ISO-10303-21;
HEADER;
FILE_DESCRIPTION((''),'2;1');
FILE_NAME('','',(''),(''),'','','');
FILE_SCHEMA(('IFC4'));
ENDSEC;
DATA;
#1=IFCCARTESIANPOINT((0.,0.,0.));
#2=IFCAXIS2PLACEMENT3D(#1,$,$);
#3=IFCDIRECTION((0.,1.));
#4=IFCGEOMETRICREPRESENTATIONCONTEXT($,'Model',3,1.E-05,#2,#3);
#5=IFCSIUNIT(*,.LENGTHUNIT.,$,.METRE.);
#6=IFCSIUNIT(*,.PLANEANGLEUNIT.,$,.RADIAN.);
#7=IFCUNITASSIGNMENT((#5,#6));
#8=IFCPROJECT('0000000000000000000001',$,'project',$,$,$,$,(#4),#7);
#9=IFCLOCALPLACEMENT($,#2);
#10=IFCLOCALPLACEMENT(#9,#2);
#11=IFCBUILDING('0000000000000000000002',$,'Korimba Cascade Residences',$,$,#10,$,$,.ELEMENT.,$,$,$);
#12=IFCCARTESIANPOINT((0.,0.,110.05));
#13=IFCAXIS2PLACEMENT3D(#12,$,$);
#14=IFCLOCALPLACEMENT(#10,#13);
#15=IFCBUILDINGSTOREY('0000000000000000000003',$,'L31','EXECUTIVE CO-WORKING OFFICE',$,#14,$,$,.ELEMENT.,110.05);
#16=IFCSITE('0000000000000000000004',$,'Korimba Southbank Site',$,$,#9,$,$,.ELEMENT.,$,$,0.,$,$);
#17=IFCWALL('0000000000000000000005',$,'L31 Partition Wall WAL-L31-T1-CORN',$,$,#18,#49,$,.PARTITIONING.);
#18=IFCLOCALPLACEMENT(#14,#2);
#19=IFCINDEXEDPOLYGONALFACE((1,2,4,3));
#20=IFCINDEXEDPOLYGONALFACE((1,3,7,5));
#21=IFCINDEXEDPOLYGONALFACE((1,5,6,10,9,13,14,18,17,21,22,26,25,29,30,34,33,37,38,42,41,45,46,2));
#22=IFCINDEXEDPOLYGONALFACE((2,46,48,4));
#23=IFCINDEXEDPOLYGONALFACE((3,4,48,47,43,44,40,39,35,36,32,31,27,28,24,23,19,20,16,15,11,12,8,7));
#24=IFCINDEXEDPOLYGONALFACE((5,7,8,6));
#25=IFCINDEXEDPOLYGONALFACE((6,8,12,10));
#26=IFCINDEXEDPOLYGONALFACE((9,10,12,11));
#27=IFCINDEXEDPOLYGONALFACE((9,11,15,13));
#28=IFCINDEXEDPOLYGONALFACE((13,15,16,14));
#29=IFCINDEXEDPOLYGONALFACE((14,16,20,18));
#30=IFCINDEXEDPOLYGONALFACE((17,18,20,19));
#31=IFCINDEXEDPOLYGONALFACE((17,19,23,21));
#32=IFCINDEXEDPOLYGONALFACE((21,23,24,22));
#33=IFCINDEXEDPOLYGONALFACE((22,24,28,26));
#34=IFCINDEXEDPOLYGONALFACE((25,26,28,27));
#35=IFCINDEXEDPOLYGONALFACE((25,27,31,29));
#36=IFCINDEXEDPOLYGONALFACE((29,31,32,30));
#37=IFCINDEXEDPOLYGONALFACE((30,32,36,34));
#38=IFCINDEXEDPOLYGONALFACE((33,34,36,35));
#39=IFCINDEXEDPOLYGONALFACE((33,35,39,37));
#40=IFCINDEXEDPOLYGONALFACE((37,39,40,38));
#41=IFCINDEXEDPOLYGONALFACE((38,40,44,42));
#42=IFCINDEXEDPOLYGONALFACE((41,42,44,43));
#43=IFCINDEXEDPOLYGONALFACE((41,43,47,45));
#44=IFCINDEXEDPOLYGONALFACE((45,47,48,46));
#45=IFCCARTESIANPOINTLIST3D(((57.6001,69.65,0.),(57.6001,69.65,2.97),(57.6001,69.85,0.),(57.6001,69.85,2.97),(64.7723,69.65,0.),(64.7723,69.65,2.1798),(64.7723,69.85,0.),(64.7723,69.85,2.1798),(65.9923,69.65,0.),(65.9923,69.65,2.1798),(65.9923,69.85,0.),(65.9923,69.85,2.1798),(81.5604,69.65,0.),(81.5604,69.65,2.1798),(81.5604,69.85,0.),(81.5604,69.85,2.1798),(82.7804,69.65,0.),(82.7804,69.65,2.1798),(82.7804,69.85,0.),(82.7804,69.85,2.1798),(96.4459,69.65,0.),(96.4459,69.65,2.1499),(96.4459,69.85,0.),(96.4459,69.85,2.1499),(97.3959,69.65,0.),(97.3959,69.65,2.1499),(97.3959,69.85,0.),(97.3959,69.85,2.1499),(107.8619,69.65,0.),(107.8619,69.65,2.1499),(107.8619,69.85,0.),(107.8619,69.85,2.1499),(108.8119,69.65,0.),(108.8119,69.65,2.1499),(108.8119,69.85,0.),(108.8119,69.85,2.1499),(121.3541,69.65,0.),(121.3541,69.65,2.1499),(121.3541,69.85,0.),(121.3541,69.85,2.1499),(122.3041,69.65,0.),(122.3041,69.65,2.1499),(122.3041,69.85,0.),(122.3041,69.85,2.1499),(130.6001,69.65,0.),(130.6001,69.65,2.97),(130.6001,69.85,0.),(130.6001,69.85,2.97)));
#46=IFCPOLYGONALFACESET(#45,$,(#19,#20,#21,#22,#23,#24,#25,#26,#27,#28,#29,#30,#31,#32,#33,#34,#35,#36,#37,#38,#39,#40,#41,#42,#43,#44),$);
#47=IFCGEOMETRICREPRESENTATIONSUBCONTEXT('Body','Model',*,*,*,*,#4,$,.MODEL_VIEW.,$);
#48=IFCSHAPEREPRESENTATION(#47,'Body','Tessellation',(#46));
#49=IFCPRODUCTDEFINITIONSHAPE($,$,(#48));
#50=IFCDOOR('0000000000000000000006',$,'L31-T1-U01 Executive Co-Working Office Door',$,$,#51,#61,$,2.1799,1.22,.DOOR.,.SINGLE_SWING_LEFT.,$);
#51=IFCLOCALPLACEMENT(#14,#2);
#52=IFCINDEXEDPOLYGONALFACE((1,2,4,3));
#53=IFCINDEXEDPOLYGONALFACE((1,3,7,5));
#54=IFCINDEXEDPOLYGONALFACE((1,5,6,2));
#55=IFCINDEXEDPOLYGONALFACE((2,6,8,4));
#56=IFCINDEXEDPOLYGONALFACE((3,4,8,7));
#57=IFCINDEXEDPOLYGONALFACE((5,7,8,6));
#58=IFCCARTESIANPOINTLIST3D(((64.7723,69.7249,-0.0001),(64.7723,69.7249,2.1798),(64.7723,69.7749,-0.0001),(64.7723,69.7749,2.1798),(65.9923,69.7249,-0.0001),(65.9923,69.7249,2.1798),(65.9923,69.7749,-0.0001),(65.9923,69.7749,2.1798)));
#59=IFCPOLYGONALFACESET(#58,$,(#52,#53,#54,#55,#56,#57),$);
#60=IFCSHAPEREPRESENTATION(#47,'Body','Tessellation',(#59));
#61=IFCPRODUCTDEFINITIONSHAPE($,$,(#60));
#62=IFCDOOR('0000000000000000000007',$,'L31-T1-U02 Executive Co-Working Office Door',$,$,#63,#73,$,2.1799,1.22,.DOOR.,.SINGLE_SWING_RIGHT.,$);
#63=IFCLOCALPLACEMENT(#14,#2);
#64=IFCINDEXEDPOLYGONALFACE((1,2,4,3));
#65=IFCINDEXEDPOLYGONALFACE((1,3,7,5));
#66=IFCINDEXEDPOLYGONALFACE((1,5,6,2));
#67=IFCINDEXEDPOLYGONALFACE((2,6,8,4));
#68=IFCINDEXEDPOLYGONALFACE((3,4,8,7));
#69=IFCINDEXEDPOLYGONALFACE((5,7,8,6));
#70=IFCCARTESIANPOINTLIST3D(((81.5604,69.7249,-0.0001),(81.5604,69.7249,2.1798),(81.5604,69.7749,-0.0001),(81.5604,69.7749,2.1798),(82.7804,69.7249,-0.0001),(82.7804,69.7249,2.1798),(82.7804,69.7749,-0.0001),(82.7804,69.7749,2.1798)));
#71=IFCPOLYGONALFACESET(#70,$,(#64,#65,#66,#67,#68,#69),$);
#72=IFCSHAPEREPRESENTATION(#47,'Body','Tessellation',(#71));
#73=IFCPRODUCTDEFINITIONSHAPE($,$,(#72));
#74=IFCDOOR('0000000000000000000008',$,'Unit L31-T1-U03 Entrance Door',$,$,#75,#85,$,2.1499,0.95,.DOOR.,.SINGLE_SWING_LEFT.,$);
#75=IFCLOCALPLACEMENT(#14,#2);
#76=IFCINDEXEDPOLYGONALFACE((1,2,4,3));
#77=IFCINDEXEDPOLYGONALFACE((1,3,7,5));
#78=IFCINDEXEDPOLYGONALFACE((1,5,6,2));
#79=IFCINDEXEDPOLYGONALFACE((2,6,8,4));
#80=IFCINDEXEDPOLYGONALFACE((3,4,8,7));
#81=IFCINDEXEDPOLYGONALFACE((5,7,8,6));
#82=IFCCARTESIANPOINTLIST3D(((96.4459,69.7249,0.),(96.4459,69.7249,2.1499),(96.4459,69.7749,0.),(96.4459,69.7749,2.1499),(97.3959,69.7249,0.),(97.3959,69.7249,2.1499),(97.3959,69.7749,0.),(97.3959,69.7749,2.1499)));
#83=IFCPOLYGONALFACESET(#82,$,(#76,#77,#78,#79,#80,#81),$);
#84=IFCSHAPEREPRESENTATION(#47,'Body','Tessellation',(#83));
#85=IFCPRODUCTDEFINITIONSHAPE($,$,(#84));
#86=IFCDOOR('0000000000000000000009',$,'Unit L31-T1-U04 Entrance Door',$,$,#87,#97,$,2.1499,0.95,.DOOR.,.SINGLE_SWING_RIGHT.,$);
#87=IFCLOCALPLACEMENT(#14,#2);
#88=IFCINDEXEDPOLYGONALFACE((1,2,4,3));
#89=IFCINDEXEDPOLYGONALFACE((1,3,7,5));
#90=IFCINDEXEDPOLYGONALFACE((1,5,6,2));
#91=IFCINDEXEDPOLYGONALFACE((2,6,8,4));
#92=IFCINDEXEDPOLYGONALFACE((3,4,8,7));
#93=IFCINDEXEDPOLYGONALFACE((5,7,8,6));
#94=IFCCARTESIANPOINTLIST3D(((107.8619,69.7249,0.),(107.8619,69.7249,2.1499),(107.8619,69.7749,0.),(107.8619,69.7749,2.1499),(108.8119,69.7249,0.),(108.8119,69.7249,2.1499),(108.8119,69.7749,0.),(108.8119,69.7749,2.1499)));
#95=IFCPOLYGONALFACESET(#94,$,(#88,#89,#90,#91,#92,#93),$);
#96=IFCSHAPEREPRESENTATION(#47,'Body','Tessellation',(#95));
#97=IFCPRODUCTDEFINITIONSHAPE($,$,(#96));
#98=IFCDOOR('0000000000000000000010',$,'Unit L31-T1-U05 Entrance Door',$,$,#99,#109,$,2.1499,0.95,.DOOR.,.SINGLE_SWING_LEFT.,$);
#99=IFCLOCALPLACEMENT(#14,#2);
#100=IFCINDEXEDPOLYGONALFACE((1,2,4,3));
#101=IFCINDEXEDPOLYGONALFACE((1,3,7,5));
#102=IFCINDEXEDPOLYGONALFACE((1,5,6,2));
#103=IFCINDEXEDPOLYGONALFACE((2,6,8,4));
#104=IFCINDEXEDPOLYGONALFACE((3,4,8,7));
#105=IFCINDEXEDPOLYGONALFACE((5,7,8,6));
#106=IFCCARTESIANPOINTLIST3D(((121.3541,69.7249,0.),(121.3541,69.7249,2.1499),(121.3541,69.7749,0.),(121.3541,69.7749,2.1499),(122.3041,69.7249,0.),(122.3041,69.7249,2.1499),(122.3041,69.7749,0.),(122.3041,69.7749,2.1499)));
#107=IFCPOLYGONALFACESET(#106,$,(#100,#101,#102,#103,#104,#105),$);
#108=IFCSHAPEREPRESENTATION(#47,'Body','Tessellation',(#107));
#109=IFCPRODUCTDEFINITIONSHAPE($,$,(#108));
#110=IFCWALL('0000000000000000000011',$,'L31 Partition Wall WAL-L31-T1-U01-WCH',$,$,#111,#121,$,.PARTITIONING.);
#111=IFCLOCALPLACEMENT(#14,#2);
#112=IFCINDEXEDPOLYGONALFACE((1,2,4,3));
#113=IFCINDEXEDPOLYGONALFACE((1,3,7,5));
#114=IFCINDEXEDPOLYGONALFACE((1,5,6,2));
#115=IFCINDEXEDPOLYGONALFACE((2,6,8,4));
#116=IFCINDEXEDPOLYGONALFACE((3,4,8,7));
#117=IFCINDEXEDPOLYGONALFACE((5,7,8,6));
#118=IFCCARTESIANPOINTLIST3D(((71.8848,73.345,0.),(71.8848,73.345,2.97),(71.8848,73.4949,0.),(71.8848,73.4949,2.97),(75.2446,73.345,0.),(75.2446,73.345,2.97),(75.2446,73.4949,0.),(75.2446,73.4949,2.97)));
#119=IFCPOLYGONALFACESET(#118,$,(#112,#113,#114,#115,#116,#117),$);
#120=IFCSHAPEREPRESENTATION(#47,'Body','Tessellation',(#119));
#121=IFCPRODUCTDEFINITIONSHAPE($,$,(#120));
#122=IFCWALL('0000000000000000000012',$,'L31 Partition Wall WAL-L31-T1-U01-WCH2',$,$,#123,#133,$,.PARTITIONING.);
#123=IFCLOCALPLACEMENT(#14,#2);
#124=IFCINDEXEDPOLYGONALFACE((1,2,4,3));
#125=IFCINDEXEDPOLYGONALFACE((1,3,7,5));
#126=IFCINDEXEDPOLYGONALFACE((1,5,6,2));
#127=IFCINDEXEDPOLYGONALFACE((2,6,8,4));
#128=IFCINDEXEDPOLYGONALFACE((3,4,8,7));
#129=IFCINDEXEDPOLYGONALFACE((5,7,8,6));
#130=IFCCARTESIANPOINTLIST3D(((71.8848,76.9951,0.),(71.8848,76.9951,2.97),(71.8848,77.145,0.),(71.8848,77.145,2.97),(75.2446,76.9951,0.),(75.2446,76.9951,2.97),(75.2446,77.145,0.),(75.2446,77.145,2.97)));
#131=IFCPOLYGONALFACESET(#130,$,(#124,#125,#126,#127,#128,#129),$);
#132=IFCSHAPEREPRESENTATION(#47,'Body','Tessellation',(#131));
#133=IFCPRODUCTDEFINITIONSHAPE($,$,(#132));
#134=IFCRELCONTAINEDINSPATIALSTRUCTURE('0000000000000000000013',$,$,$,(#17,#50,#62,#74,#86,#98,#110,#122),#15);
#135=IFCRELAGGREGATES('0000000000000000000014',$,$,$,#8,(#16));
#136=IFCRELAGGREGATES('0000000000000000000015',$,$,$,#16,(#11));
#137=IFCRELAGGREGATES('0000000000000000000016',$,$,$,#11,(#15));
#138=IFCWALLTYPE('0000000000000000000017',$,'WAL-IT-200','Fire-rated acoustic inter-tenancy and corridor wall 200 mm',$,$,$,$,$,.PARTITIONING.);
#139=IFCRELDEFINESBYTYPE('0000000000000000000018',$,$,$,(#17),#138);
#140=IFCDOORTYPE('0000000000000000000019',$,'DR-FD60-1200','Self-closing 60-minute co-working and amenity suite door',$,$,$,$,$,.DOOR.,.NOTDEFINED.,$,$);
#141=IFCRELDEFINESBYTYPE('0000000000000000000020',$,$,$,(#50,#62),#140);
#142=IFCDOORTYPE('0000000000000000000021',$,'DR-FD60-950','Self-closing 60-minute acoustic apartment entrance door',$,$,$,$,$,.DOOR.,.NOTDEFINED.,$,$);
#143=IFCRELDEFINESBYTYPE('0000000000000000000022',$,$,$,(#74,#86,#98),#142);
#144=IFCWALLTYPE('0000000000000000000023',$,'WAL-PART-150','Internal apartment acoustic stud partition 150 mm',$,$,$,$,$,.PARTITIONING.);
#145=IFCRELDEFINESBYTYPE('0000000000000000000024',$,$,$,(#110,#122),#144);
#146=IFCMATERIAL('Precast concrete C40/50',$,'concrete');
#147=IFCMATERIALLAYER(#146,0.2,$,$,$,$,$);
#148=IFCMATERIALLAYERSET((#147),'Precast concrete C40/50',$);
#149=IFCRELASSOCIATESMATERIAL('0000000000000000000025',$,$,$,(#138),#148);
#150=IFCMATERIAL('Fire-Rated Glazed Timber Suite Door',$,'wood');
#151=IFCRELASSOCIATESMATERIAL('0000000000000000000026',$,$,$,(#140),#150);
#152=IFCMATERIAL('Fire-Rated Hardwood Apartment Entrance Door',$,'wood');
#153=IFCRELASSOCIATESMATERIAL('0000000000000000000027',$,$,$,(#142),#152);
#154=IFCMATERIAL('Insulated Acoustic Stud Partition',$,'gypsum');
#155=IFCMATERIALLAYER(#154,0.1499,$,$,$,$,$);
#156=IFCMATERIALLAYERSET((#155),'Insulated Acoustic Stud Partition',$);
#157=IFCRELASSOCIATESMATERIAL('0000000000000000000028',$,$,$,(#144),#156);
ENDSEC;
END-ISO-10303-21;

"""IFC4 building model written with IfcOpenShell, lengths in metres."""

from ifc_helpers import new_model, si_unit, direction, frame, frame_2d, origin, place, context, subcontext, project, spatial, rectangle, extrude, material, layer, layer_set, type_object, element, fill, save


model = new_model("IFC4")

# Units and contexts
model_context = context("Model", 3, precision=1e-05, world=origin(), true_north=direction((0.0, 1.0)))
body_context = subcontext(model_context, "Body", "Model", "MODEL_VIEW")
ifc_project = project(units=[si_unit("LENGTHUNIT", "METRE"), si_unit("PLANEANGLEUNIT", "RADIAN")], contexts=[model_context])

# Site, building, storey
site_placement = place(None, origin())
site = spatial("IfcSite", under=ifc_project, at=site_placement, Name="Korimba Southbank Site", CompositionType="ELEMENT", RefElevation=0.0)
building_placement = place(site_placement, origin())
building = spatial("IfcBuilding", under=site, at=building_placement, Name="Korimba Cascade Residences", CompositionType="ELEMENT")
storey_placement = place(building_placement, frame((0.0, 0.0, 110.05)))
storey = spatial("IfcBuildingStorey", under=building, at=storey_placement, Name="L31", Description="EXECUTIVE CO-WORKING OFFICE", CompositionType="ELEMENT", Elevation=110.05)

# Shared definitions
ifc_material_1 = material(Name="Precast concrete C40/50", Category="concrete")
ifc_layer_1 = layer(ifc_material_1, 0.2)
ifc_layer_set_1 = layer_set([ifc_layer_1], Name="Precast concrete C40/50")
wall_type_1 = type_object("IfcWallType", Name="WAL-IT-200", Description="Fire-rated acoustic inter-tenancy and corridor wall 200 mm", PredefinedType="PARTITIONING", material=ifc_layer_set_1)

# Wall, openings, doors
wall_1_placement = place(storey_placement, frame((57.6001, 69.75, 0.0), z_axis=(0.0, 0.0, 1.0), x_axis=(1.0, 0.0, 0.0)))
wall_1 = element("IfcWall", 1, at=wall_1_placement, inside=storey, type_object=wall_type_1, Name="L31 Partition Wall WAL-L31-T1-CORN", PredefinedType="PARTITIONING", context=body_context, shape_type="SweptSolid", body=[
    extrude(rectangle(XDim=73.0, YDim=0.2, at=frame_2d((36.5, 0.0))), origin(), (0.0, 0.0, 1.0), 2.97),
])
opening_1_placement = place(wall_1_placement, frame((7.1724, 0.0, 0.0)))
opening_1 = element("IfcOpeningElement", 2, at=opening_1_placement, cuts=wall_1, PredefinedType="OPENING", context=body_context, shape_type="SweptSolid", body=[
    extrude(rectangle(XDim=1.22, YDim=2.1799, at=frame_2d((0.6099, 1.0898))), frame((0.0, 0.1099, 0.0), z_axis=(0.0, -1.0, 0.0), x_axis=(1.0, 0.0, 0.0)), (0.0, 0.0, 1.0), 0.22),
])
opening_2_placement = place(wall_1_placement, frame((23.9604, 0.0, 0.0)))
opening_2 = element("IfcOpeningElement", 3, at=opening_2_placement, cuts=wall_1, PredefinedType="OPENING", context=body_context, shape_type="SweptSolid", body=[
    extrude(rectangle(XDim=1.22, YDim=2.1799, at=frame_2d((0.6099, 1.0898))), frame((0.0, 0.1099, 0.0), z_axis=(0.0, -1.0, 0.0), x_axis=(1.0, 0.0, 0.0)), (0.0, 0.0, 1.0), 0.22),
])
opening_3_placement = place(wall_1_placement, frame((38.8457, 0.0, 0.0)))
opening_3 = element("IfcOpeningElement", 4, at=opening_3_placement, cuts=wall_1, PredefinedType="OPENING", context=body_context, shape_type="SweptSolid", body=[
    extrude(rectangle(XDim=0.95, YDim=2.1499, at=frame_2d((0.4751, 1.075))), frame((0.0, 0.1099, 0.0), z_axis=(0.0, -1.0, 0.0), x_axis=(1.0, 0.0, 0.0)), (0.0, 0.0, 1.0), 0.22),
])
opening_4_placement = place(wall_1_placement, frame((50.2617, 0.0, 0.0)))
opening_4 = element("IfcOpeningElement", 5, at=opening_4_placement, cuts=wall_1, PredefinedType="OPENING", context=body_context, shape_type="SweptSolid", body=[
    extrude(rectangle(XDim=0.95, YDim=2.1499, at=frame_2d((0.4751, 1.075))), frame((0.0, 0.1099, 0.0), z_axis=(0.0, -1.0, 0.0), x_axis=(1.0, 0.0, 0.0)), (0.0, 0.0, 1.0), 0.22),
])
opening_5_placement = place(wall_1_placement, frame((63.7539, 0.0, 0.0)))
opening_5 = element("IfcOpeningElement", 6, at=opening_5_placement, cuts=wall_1, PredefinedType="OPENING", context=body_context, shape_type="SweptSolid", body=[
    extrude(rectangle(XDim=0.95, YDim=2.1499, at=frame_2d((0.4751, 1.075))), frame((0.0, 0.1099, 0.0), z_axis=(0.0, -1.0, 0.0), x_axis=(1.0, 0.0, 0.0)), (0.0, 0.0, 1.0), 0.22),
])
ifc_material_2 = material(Name="Fire-Rated Glazed Timber Suite Door", Category="wood")
door_type_1 = type_object("IfcDoorType", Name="DR-FD60-1200", Description="Self-closing 60-minute co-working and amenity suite door", OperationType="NOTDEFINED", PredefinedType="DOOR", material=ifc_material_2)
door_1_placement = place(opening_1_placement, origin())
door_1 = element("IfcDoor", 7, at=door_1_placement, inside=storey, type_object=door_type_1, Name="L31-T1-U01 Executive Co-Working Office Door", OperationType="SINGLE_SWING_LEFT", OverallHeight=2.1799, OverallWidth=1.22, PredefinedType="DOOR", context=body_context, shape_type="SweptSolid", body=[
    extrude(rectangle(XDim=1.22, YDim=2.1799, at=frame_2d((0.6099, 1.0898))), frame((0.0, 0.0249, 0.0), z_axis=(0.0, -1.0, 0.0), x_axis=(1.0, 0.0, 0.0)), (0.0, 0.0, 1.0), 0.05),
])
fill(opening_1, door_1)
door_2_placement = place(opening_2_placement, origin())
door_2 = element("IfcDoor", 8, at=door_2_placement, inside=storey, type_object=door_type_1, Name="L31-T1-U02 Executive Co-Working Office Door", OperationType="SINGLE_SWING_RIGHT", OverallHeight=2.1799, OverallWidth=1.22, PredefinedType="DOOR", context=body_context, shape_type="SweptSolid", body=[
    extrude(rectangle(XDim=1.22, YDim=2.1799, at=frame_2d((0.6099, 1.0898))), frame((0.0, 0.0249, 0.0), z_axis=(0.0, -1.0, 0.0), x_axis=(1.0, 0.0, 0.0)), (0.0, 0.0, 1.0), 0.05),
])
fill(opening_2, door_2)
ifc_material_3 = material(Name="Fire-Rated Hardwood Apartment Entrance Door", Category="wood")
door_type_2 = type_object("IfcDoorType", Name="DR-FD60-950", Description="Self-closing 60-minute acoustic apartment entrance door", OperationType="NOTDEFINED", PredefinedType="DOOR", material=ifc_material_3)
door_3_placement = place(opening_3_placement, origin())
door_3 = element("IfcDoor", 9, at=door_3_placement, inside=storey, type_object=door_type_2, Name="Unit L31-T1-U03 Entrance Door", OperationType="SINGLE_SWING_LEFT", OverallHeight=2.1499, OverallWidth=0.95, PredefinedType="DOOR", context=body_context, shape_type="SweptSolid", body=[
    extrude(rectangle(XDim=0.95, YDim=2.1499, at=frame_2d((0.4751, 1.075))), frame((0.0, 0.0249, 0.0), z_axis=(0.0, -1.0, 0.0), x_axis=(1.0, 0.0, 0.0)), (0.0, 0.0, 1.0), 0.05),
])
fill(opening_3, door_3)
door_4_placement = place(opening_4_placement, origin())
door_4 = element("IfcDoor", 10, at=door_4_placement, inside=storey, type_object=door_type_2, Name="Unit L31-T1-U04 Entrance Door", OperationType="SINGLE_SWING_RIGHT", OverallHeight=2.1499, OverallWidth=0.95, PredefinedType="DOOR", context=body_context, shape_type="SweptSolid", body=[
    extrude(rectangle(XDim=0.95, YDim=2.1499, at=frame_2d((0.4751, 1.075))), frame((0.0, 0.0249, 0.0), z_axis=(0.0, -1.0, 0.0), x_axis=(1.0, 0.0, 0.0)), (0.0, 0.0, 1.0), 0.05),
])
fill(opening_4, door_4)
door_5_placement = place(opening_5_placement, origin())
door_5 = element("IfcDoor", 11, at=door_5_placement, inside=storey, type_object=door_type_2, Name="Unit L31-T1-U05 Entrance Door", OperationType="SINGLE_SWING_LEFT", OverallHeight=2.1499, OverallWidth=0.95, PredefinedType="DOOR", context=body_context, shape_type="SweptSolid", body=[
    extrude(rectangle(XDim=0.95, YDim=2.1499, at=frame_2d((0.4751, 1.075))), frame((0.0, 0.0249, 0.0), z_axis=(0.0, -1.0, 0.0), x_axis=(1.0, 0.0, 0.0)), (0.0, 0.0, 1.0), 0.05),
])
fill(opening_5, door_5)

# Walls
ifc_material_4 = material(Name="Insulated Acoustic Stud Partition", Category="gypsum")
ifc_layer_2 = layer(ifc_material_4, 0.1499)
ifc_layer_set_2 = layer_set([ifc_layer_2], Name="Insulated Acoustic Stud Partition")
wall_type_2 = type_object("IfcWallType", Name="WAL-PART-150", Description="Internal apartment acoustic stud partition 150 mm", PredefinedType="PARTITIONING", material=ifc_layer_set_2)
for number, where, z_axis, x_axis, name in (
    (12, (71.8848, 73.4199, 0.0), (0.0, 0.0, 1.0), (1.0, 0.0, 0.0), "L31 Partition Wall WAL-L31-T1-U01-WCH"),
    (13, (71.8848, 77.0701, 0.0), (0.0, 0.0, 1.0), (1.0, 0.0, 0.0), "L31 Partition Wall WAL-L31-T1-U01-WCH2"),
):
    element("IfcWall", number, at=place(storey_placement, frame(where, z_axis=z_axis, x_axis=x_axis)), inside=storey, type_object=wall_type_2, Name=name, PredefinedType="PARTITIONING", context=body_context, shape_type="SweptSolid", body=[
        extrude(rectangle(XDim=3.3599, YDim=0.1499, at=frame_2d((1.6799, 0.0))), origin(), (0.0, 0.0, 1.0), 2.97),
    ])

save(model, "model.ifc")
